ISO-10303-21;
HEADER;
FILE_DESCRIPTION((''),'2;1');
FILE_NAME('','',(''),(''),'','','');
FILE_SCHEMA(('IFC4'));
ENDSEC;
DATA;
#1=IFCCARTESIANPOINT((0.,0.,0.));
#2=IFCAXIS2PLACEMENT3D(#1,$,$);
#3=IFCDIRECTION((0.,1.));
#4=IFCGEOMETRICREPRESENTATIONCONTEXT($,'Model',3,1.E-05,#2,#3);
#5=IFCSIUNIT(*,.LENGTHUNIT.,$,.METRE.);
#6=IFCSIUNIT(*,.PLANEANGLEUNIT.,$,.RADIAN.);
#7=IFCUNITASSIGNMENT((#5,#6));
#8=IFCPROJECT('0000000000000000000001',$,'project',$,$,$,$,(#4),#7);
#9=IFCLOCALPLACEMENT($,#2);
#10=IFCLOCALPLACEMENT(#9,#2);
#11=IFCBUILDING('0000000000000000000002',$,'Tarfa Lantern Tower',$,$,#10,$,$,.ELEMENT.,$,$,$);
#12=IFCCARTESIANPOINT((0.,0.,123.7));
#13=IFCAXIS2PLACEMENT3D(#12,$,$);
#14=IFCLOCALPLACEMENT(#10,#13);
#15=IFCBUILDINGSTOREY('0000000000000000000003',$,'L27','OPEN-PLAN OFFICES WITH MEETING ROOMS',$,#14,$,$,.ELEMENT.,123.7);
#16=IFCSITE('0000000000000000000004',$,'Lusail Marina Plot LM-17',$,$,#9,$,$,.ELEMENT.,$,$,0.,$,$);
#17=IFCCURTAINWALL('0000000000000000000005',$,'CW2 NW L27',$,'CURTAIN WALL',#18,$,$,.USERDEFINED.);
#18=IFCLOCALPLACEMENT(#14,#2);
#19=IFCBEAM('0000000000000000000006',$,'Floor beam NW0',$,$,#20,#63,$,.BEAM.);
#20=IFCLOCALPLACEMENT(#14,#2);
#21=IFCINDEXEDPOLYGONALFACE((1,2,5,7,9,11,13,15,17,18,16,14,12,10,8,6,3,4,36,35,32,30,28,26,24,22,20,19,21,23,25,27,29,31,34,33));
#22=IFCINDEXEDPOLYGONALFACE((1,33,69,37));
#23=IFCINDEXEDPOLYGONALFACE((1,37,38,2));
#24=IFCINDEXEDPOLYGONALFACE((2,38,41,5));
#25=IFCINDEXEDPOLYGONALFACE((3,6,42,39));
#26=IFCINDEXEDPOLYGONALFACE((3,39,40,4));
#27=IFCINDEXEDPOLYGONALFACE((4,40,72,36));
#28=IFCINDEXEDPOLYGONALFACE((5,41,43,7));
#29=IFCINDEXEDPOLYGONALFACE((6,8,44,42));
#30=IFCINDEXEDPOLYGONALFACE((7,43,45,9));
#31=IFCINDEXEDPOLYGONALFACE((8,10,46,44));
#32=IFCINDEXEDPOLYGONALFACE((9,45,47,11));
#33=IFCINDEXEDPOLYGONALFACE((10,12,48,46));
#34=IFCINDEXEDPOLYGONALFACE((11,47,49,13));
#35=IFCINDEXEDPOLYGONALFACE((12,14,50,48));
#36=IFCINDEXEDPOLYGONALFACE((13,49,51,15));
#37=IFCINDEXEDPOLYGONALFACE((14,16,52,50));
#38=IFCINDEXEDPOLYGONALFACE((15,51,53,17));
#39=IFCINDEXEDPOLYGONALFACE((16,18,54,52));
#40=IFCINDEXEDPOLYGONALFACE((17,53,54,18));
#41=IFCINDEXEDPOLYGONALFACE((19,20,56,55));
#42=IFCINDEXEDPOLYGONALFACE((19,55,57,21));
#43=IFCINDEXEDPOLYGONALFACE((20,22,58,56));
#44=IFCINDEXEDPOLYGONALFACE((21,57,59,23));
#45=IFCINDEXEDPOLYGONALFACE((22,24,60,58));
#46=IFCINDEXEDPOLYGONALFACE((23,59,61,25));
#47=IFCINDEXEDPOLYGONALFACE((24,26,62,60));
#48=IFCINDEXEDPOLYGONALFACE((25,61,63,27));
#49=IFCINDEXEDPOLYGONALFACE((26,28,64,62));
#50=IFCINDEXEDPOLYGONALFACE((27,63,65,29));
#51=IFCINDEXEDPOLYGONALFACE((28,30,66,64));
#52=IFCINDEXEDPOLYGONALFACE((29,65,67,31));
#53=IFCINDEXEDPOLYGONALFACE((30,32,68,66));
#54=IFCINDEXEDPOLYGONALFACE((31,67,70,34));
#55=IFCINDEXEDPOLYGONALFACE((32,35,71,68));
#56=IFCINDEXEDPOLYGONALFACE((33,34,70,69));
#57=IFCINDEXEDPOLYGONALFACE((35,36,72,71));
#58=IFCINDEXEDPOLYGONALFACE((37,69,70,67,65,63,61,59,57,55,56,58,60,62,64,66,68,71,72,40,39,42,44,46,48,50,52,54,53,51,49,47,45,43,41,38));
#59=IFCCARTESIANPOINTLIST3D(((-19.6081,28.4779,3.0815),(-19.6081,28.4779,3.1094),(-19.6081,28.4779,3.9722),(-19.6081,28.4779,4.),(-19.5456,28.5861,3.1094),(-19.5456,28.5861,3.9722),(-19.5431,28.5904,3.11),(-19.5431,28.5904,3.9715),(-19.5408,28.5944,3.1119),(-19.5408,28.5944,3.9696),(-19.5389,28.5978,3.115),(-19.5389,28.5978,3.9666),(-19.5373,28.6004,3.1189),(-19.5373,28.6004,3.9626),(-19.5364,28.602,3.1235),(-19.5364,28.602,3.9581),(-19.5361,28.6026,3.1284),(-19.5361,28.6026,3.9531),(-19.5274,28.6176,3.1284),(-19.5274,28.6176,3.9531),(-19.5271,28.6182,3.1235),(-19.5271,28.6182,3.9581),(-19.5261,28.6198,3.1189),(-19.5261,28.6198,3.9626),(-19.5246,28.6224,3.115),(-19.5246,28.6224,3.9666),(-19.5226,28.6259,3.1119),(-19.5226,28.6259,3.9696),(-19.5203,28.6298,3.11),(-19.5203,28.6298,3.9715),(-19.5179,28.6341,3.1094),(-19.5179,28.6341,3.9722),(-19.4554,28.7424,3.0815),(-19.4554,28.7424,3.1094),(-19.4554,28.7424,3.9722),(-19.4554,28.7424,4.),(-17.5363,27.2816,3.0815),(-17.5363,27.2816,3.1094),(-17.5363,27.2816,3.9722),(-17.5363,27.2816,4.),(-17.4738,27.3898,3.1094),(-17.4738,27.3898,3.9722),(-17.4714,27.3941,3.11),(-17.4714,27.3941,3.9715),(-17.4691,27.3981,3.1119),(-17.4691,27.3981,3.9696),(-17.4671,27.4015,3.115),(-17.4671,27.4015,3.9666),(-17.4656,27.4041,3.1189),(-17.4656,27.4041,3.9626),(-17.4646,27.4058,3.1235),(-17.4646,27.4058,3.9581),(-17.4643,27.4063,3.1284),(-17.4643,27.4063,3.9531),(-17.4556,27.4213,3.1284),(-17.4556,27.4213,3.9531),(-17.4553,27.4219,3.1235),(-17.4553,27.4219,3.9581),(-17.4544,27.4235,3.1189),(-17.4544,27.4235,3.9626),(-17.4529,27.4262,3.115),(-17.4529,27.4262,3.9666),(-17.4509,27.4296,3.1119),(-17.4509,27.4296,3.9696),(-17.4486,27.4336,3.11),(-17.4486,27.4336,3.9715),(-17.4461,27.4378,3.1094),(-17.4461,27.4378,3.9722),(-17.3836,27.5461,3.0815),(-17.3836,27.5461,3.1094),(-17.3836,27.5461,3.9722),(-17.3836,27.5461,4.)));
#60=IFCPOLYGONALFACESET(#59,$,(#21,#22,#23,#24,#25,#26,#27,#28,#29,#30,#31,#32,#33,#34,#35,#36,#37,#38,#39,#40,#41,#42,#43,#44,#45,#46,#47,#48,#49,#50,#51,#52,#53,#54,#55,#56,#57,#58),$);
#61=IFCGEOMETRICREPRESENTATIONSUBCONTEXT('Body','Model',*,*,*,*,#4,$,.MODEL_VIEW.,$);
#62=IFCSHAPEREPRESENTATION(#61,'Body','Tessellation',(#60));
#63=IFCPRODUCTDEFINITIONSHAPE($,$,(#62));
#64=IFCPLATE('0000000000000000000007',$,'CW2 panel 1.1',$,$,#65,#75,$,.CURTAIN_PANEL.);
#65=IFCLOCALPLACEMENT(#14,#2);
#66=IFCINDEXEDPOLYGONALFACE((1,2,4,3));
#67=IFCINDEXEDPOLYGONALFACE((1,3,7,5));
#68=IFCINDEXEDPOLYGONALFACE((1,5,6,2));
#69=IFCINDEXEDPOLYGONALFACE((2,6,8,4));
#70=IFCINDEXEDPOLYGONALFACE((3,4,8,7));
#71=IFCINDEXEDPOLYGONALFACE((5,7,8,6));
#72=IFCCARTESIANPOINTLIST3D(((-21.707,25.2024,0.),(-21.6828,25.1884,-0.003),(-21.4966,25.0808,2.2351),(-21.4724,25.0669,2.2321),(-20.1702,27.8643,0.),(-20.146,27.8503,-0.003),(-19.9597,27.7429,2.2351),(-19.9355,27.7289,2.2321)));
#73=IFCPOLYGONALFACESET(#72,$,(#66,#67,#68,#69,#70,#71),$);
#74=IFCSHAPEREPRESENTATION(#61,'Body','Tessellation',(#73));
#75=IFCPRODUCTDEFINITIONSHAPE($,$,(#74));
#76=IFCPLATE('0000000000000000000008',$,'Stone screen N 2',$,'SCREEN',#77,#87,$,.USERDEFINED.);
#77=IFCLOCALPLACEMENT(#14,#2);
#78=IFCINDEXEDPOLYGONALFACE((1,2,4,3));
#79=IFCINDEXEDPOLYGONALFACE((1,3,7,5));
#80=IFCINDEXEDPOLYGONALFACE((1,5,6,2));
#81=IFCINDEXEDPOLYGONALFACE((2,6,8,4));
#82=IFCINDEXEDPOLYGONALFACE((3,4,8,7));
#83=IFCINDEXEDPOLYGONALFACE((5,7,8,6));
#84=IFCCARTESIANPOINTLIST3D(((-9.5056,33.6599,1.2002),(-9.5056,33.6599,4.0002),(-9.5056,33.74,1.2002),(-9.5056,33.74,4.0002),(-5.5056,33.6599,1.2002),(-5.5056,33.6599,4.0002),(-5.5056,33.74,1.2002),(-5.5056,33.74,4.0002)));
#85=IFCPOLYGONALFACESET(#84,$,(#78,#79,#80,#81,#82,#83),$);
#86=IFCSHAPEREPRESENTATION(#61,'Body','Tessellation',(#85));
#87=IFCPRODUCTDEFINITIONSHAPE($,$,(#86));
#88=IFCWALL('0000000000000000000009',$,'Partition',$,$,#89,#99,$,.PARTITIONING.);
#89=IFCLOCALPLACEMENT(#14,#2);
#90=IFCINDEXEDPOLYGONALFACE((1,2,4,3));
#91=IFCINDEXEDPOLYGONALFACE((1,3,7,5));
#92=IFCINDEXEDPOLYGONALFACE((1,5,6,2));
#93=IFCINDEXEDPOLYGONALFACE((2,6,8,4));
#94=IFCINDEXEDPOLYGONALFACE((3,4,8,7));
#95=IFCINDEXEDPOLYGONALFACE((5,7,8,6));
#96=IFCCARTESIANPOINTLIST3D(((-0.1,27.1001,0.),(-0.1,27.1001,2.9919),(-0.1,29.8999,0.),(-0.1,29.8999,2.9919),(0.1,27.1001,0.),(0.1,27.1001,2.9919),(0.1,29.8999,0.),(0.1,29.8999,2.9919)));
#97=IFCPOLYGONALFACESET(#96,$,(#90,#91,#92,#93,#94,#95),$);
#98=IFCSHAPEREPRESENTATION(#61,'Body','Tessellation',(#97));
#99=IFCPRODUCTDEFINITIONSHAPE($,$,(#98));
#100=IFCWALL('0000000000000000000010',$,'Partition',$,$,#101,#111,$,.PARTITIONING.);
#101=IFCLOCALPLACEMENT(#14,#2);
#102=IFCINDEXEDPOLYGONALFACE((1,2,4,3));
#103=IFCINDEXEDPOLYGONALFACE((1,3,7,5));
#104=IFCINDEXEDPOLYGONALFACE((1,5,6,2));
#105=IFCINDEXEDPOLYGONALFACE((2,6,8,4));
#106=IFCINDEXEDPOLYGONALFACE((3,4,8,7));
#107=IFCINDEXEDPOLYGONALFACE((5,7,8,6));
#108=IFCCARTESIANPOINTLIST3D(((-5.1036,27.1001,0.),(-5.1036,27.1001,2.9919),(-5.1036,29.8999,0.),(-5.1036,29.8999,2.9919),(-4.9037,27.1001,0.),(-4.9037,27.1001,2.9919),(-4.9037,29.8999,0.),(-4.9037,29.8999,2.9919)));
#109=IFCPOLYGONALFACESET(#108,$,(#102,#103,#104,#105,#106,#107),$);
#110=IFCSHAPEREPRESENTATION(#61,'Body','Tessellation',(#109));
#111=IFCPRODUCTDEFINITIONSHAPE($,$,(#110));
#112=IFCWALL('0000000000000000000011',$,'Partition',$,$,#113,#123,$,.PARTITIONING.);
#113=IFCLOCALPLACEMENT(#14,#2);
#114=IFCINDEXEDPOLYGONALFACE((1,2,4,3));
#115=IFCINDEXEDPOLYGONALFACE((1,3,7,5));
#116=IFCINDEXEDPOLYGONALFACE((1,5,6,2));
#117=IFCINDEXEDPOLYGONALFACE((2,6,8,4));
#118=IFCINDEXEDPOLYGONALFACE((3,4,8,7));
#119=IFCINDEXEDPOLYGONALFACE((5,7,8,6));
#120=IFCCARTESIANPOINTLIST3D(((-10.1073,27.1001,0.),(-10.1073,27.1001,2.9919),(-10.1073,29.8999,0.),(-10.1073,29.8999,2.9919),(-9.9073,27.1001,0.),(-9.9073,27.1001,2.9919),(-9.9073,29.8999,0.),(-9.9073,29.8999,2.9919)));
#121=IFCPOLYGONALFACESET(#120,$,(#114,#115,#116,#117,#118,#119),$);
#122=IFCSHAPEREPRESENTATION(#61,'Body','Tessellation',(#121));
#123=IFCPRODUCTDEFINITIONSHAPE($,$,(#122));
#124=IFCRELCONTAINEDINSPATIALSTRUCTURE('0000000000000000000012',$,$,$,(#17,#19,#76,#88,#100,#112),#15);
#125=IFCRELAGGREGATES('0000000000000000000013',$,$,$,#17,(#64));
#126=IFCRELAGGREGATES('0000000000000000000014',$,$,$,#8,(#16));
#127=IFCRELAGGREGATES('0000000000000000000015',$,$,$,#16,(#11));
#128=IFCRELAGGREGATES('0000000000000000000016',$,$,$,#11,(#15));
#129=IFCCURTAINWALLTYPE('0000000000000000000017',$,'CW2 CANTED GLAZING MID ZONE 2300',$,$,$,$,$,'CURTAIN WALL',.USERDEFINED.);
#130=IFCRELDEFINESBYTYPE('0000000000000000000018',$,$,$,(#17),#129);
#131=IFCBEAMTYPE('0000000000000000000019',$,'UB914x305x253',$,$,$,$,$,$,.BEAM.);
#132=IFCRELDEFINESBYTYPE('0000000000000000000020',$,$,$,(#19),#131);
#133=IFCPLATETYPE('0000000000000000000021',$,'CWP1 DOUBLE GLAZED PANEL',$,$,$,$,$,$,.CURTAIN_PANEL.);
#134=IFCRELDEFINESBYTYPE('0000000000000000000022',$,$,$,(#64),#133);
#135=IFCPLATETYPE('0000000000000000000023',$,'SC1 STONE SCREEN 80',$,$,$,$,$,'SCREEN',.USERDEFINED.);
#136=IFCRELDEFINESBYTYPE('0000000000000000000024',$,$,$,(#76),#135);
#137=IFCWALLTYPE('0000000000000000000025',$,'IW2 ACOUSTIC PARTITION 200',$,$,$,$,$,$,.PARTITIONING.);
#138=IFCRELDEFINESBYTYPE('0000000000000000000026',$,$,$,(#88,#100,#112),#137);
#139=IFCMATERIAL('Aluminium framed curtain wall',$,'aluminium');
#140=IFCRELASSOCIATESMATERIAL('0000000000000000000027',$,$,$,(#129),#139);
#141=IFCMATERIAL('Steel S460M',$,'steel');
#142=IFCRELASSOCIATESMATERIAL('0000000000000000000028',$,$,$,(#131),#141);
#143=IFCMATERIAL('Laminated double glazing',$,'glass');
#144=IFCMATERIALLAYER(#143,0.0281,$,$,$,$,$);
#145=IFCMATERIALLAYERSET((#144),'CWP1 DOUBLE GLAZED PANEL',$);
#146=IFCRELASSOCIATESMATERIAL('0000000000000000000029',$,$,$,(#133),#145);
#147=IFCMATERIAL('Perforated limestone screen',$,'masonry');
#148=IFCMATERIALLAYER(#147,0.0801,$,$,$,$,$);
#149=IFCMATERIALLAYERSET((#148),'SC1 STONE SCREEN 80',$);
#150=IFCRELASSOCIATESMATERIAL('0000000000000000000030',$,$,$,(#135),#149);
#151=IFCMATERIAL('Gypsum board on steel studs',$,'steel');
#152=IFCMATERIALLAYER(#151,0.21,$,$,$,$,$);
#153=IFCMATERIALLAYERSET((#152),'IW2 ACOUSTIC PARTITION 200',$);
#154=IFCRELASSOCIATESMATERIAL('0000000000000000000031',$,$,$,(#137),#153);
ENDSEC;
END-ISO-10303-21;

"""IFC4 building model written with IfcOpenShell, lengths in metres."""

from ifc_helpers import new_model, si_unit, direction, frame, frame_2d, origin, origin_2d, place, context, subcontext, project, spatial, polyline, rectangle, i_section, outline, extrude, material, layer, layer_set, material_profile, profile_set, type_object, element, aggregate, save


model = new_model("IFC4")

# Units and contexts
model_context = context("Model", 3, precision=1e-05, world=origin(), true_north=direction((0.0, 1.0)))
body_context = subcontext(model_context, "Body", "Model", "MODEL_VIEW")
ifc_project = project(units=[si_unit("LENGTHUNIT", "METRE"), si_unit("PLANEANGLEUNIT", "RADIAN")], contexts=[model_context])

# Site, building, storey
site_placement = place(None, origin())
site = spatial("IfcSite", under=ifc_project, at=site_placement, Name="Lusail Marina Plot LM-17", CompositionType="ELEMENT", RefElevation=0.0)
building_placement = place(site_placement, origin())
building = spatial("IfcBuilding", under=site, at=building_placement, Name="Tarfa Lantern Tower", CompositionType="ELEMENT")
storey_placement = place(building_placement, frame((0.0, 0.0, 123.7)))
storey = spatial("IfcBuildingStorey", under=building, at=storey_placement, Name="L27", Description="OPEN-PLAN OFFICES WITH MEETING ROOMS", CompositionType="ELEMENT", Elevation=123.7)

# Curtain wall
ifc_material_1 = material(Name="Aluminium framed curtain wall", Category="aluminium")
curtain_wall_type = type_object("IfcCurtainWallType", Name="CW2 CANTED GLAZING MID ZONE 2300", ElementType="CURTAIN WALL", PredefinedType="USERDEFINED", material=ifc_material_1)
curtain_wall_placement = place(storey_placement, origin())
curtain_wall = element("IfcCurtainWall", 1, at=curtain_wall_placement, inside=storey, type_object=curtain_wall_type, Name="CW2 NW L27", ObjectType="CURTAIN WALL", PredefinedType="USERDEFINED")

# Beam
ifc_material_2 = material(Name="Steel S460M", Category="steel")
ifc_material_profile_1 = material_profile(ifc_material_2, i_section(OverallWidth=0.3054, OverallDepth=0.9185, WebThickness=0.0173, FlangeThickness=0.0278, FilletRadius=0.019, at=origin_2d()), Name="UB914x305x253")
ifc_profile_set_1 = profile_set([ifc_material_profile_1], Name="Steel S460M")
beam_type_1 = type_object("IfcBeamType", Name="UB914x305x253", PredefinedType="BEAM", material=ifc_profile_set_1)
beam_1_placement = place(storey_placement, frame((-19.5317, 28.6101, 3.5408), z_axis=(0.865999, -0.500046, 0.0), x_axis=(0.500046, 0.865999, 0.0)))
element("IfcBeam", 2, at=beam_1_placement, inside=storey, type_object=beam_type_1, Name="Floor beam NW0", PredefinedType="BEAM", context=body_context, shape_type="SweptSolid", body=[
    extrude(i_section(OverallWidth=0.3054, OverallDepth=0.9185, WebThickness=0.0173, FlangeThickness=0.0278, FilletRadius=0.019, at=origin_2d()), origin(), (0.0, 0.0, 1.0), 2.3923),
])

# Plates
ifc_material_3 = material(Name="Laminated double glazing", Category="glass")
ifc_layer_1 = layer(ifc_material_3, 0.0281)
ifc_layer_set_1 = layer_set([ifc_layer_1], Name="CWP1 DOUBLE GLAZED PANEL")
plate_type_1 = type_object("IfcPlateType", Name="CWP1 DOUBLE GLAZED PANEL", PredefinedType="CURTAIN_PANEL", material=ifc_layer_set_1)
plate_1_placement = place(storey_placement, frame((-20.1702, 27.8643, 0.0), z_axis=(-0.860958, 0.497063, 0.108076), x_axis=(-0.499992, -0.86603, -0.000002)))
plate_1 = element("IfcPlate", 3, at=plate_1_placement, type_object=plate_type_1, Name="CW2 panel 1.1", PredefinedType="CURTAIN_PANEL", context=body_context, shape_type="SweptSolid", body=[
    extrude(outline(polyline([(0.0, 0.0), (3.0737, 0.0), (3.0737, 2.2483), (-0.0001, 2.2483), (0.0, 0.0)])), origin(), (0.0, 0.0, -1.0), 0.0281),
])
aggregate(curtain_wall, [plate_1])
ifc_material_4 = material(Name="Perforated limestone screen", Category="masonry")
ifc_layer_2 = layer(ifc_material_4, 0.0801)
ifc_layer_set_2 = layer_set([ifc_layer_2], Name="SC1 STONE SCREEN 80")
plate_type_2 = type_object("IfcPlateType", Name="SC1 STONE SCREEN 80", ElementType="SCREEN", PredefinedType="USERDEFINED", material=ifc_layer_set_2)
plate_2_placement = place(storey_placement, frame((-7.5056, 33.7, 1.2002), z_axis=(0.0, 0.0, 1.0), x_axis=(-1.0, 0.0, 0.0)))
element("IfcPlate", 4, at=plate_2_placement, inside=storey, type_object=plate_type_2, Name="Stone screen N 2", ObjectType="SCREEN", PredefinedType="USERDEFINED", context=body_context, shape_type="SweptSolid", body=[
    extrude(rectangle(XDim=4.0, YDim=0.0801, at=origin_2d()), origin(), (0.0, 0.0, 1.0), 2.8),
])

# Walls
ifc_material_5 = material(Name="Gypsum board on steel studs", Category="steel")
ifc_layer_3 = layer(ifc_material_5, 0.21)
ifc_layer_set_3 = layer_set([ifc_layer_3], Name="IW2 ACOUSTIC PARTITION 200")
wall_type = type_object("IfcWallType", Name="IW2 ACOUSTIC PARTITION 200", PredefinedType="PARTITIONING", material=ifc_layer_set_3)
for number, where, z_axis, x_axis, name in (
    (5, (0.0, 27.1001, 0.0), (0.0, 0.0, 1.0), (0.0, 1.0, 0.0), "Partition"),
    (6, (-5.0037, 27.1001, 0.0), (0.0, 0.0, 1.0), (0.0, 1.0, 0.0), "Partition"),
    (7, (-10.0073, 27.1001, 0.0), (0.0, 0.0, 1.0), (0.0, 1.0, 0.0), "Partition"),
):
    element("IfcWall", number, at=place(storey_placement, frame(where, z_axis=z_axis, x_axis=x_axis)), inside=storey, type_object=wall_type, Name=name, PredefinedType="PARTITIONING", context=body_context, shape_type="SweptSolid", body=[
        extrude(rectangle(XDim=2.7998, YDim=0.2, at=frame_2d((1.3999, 0.0))), origin(), (0.0, 0.0, 1.0), 2.9919),
    ])

save(model, "model.ifc")
